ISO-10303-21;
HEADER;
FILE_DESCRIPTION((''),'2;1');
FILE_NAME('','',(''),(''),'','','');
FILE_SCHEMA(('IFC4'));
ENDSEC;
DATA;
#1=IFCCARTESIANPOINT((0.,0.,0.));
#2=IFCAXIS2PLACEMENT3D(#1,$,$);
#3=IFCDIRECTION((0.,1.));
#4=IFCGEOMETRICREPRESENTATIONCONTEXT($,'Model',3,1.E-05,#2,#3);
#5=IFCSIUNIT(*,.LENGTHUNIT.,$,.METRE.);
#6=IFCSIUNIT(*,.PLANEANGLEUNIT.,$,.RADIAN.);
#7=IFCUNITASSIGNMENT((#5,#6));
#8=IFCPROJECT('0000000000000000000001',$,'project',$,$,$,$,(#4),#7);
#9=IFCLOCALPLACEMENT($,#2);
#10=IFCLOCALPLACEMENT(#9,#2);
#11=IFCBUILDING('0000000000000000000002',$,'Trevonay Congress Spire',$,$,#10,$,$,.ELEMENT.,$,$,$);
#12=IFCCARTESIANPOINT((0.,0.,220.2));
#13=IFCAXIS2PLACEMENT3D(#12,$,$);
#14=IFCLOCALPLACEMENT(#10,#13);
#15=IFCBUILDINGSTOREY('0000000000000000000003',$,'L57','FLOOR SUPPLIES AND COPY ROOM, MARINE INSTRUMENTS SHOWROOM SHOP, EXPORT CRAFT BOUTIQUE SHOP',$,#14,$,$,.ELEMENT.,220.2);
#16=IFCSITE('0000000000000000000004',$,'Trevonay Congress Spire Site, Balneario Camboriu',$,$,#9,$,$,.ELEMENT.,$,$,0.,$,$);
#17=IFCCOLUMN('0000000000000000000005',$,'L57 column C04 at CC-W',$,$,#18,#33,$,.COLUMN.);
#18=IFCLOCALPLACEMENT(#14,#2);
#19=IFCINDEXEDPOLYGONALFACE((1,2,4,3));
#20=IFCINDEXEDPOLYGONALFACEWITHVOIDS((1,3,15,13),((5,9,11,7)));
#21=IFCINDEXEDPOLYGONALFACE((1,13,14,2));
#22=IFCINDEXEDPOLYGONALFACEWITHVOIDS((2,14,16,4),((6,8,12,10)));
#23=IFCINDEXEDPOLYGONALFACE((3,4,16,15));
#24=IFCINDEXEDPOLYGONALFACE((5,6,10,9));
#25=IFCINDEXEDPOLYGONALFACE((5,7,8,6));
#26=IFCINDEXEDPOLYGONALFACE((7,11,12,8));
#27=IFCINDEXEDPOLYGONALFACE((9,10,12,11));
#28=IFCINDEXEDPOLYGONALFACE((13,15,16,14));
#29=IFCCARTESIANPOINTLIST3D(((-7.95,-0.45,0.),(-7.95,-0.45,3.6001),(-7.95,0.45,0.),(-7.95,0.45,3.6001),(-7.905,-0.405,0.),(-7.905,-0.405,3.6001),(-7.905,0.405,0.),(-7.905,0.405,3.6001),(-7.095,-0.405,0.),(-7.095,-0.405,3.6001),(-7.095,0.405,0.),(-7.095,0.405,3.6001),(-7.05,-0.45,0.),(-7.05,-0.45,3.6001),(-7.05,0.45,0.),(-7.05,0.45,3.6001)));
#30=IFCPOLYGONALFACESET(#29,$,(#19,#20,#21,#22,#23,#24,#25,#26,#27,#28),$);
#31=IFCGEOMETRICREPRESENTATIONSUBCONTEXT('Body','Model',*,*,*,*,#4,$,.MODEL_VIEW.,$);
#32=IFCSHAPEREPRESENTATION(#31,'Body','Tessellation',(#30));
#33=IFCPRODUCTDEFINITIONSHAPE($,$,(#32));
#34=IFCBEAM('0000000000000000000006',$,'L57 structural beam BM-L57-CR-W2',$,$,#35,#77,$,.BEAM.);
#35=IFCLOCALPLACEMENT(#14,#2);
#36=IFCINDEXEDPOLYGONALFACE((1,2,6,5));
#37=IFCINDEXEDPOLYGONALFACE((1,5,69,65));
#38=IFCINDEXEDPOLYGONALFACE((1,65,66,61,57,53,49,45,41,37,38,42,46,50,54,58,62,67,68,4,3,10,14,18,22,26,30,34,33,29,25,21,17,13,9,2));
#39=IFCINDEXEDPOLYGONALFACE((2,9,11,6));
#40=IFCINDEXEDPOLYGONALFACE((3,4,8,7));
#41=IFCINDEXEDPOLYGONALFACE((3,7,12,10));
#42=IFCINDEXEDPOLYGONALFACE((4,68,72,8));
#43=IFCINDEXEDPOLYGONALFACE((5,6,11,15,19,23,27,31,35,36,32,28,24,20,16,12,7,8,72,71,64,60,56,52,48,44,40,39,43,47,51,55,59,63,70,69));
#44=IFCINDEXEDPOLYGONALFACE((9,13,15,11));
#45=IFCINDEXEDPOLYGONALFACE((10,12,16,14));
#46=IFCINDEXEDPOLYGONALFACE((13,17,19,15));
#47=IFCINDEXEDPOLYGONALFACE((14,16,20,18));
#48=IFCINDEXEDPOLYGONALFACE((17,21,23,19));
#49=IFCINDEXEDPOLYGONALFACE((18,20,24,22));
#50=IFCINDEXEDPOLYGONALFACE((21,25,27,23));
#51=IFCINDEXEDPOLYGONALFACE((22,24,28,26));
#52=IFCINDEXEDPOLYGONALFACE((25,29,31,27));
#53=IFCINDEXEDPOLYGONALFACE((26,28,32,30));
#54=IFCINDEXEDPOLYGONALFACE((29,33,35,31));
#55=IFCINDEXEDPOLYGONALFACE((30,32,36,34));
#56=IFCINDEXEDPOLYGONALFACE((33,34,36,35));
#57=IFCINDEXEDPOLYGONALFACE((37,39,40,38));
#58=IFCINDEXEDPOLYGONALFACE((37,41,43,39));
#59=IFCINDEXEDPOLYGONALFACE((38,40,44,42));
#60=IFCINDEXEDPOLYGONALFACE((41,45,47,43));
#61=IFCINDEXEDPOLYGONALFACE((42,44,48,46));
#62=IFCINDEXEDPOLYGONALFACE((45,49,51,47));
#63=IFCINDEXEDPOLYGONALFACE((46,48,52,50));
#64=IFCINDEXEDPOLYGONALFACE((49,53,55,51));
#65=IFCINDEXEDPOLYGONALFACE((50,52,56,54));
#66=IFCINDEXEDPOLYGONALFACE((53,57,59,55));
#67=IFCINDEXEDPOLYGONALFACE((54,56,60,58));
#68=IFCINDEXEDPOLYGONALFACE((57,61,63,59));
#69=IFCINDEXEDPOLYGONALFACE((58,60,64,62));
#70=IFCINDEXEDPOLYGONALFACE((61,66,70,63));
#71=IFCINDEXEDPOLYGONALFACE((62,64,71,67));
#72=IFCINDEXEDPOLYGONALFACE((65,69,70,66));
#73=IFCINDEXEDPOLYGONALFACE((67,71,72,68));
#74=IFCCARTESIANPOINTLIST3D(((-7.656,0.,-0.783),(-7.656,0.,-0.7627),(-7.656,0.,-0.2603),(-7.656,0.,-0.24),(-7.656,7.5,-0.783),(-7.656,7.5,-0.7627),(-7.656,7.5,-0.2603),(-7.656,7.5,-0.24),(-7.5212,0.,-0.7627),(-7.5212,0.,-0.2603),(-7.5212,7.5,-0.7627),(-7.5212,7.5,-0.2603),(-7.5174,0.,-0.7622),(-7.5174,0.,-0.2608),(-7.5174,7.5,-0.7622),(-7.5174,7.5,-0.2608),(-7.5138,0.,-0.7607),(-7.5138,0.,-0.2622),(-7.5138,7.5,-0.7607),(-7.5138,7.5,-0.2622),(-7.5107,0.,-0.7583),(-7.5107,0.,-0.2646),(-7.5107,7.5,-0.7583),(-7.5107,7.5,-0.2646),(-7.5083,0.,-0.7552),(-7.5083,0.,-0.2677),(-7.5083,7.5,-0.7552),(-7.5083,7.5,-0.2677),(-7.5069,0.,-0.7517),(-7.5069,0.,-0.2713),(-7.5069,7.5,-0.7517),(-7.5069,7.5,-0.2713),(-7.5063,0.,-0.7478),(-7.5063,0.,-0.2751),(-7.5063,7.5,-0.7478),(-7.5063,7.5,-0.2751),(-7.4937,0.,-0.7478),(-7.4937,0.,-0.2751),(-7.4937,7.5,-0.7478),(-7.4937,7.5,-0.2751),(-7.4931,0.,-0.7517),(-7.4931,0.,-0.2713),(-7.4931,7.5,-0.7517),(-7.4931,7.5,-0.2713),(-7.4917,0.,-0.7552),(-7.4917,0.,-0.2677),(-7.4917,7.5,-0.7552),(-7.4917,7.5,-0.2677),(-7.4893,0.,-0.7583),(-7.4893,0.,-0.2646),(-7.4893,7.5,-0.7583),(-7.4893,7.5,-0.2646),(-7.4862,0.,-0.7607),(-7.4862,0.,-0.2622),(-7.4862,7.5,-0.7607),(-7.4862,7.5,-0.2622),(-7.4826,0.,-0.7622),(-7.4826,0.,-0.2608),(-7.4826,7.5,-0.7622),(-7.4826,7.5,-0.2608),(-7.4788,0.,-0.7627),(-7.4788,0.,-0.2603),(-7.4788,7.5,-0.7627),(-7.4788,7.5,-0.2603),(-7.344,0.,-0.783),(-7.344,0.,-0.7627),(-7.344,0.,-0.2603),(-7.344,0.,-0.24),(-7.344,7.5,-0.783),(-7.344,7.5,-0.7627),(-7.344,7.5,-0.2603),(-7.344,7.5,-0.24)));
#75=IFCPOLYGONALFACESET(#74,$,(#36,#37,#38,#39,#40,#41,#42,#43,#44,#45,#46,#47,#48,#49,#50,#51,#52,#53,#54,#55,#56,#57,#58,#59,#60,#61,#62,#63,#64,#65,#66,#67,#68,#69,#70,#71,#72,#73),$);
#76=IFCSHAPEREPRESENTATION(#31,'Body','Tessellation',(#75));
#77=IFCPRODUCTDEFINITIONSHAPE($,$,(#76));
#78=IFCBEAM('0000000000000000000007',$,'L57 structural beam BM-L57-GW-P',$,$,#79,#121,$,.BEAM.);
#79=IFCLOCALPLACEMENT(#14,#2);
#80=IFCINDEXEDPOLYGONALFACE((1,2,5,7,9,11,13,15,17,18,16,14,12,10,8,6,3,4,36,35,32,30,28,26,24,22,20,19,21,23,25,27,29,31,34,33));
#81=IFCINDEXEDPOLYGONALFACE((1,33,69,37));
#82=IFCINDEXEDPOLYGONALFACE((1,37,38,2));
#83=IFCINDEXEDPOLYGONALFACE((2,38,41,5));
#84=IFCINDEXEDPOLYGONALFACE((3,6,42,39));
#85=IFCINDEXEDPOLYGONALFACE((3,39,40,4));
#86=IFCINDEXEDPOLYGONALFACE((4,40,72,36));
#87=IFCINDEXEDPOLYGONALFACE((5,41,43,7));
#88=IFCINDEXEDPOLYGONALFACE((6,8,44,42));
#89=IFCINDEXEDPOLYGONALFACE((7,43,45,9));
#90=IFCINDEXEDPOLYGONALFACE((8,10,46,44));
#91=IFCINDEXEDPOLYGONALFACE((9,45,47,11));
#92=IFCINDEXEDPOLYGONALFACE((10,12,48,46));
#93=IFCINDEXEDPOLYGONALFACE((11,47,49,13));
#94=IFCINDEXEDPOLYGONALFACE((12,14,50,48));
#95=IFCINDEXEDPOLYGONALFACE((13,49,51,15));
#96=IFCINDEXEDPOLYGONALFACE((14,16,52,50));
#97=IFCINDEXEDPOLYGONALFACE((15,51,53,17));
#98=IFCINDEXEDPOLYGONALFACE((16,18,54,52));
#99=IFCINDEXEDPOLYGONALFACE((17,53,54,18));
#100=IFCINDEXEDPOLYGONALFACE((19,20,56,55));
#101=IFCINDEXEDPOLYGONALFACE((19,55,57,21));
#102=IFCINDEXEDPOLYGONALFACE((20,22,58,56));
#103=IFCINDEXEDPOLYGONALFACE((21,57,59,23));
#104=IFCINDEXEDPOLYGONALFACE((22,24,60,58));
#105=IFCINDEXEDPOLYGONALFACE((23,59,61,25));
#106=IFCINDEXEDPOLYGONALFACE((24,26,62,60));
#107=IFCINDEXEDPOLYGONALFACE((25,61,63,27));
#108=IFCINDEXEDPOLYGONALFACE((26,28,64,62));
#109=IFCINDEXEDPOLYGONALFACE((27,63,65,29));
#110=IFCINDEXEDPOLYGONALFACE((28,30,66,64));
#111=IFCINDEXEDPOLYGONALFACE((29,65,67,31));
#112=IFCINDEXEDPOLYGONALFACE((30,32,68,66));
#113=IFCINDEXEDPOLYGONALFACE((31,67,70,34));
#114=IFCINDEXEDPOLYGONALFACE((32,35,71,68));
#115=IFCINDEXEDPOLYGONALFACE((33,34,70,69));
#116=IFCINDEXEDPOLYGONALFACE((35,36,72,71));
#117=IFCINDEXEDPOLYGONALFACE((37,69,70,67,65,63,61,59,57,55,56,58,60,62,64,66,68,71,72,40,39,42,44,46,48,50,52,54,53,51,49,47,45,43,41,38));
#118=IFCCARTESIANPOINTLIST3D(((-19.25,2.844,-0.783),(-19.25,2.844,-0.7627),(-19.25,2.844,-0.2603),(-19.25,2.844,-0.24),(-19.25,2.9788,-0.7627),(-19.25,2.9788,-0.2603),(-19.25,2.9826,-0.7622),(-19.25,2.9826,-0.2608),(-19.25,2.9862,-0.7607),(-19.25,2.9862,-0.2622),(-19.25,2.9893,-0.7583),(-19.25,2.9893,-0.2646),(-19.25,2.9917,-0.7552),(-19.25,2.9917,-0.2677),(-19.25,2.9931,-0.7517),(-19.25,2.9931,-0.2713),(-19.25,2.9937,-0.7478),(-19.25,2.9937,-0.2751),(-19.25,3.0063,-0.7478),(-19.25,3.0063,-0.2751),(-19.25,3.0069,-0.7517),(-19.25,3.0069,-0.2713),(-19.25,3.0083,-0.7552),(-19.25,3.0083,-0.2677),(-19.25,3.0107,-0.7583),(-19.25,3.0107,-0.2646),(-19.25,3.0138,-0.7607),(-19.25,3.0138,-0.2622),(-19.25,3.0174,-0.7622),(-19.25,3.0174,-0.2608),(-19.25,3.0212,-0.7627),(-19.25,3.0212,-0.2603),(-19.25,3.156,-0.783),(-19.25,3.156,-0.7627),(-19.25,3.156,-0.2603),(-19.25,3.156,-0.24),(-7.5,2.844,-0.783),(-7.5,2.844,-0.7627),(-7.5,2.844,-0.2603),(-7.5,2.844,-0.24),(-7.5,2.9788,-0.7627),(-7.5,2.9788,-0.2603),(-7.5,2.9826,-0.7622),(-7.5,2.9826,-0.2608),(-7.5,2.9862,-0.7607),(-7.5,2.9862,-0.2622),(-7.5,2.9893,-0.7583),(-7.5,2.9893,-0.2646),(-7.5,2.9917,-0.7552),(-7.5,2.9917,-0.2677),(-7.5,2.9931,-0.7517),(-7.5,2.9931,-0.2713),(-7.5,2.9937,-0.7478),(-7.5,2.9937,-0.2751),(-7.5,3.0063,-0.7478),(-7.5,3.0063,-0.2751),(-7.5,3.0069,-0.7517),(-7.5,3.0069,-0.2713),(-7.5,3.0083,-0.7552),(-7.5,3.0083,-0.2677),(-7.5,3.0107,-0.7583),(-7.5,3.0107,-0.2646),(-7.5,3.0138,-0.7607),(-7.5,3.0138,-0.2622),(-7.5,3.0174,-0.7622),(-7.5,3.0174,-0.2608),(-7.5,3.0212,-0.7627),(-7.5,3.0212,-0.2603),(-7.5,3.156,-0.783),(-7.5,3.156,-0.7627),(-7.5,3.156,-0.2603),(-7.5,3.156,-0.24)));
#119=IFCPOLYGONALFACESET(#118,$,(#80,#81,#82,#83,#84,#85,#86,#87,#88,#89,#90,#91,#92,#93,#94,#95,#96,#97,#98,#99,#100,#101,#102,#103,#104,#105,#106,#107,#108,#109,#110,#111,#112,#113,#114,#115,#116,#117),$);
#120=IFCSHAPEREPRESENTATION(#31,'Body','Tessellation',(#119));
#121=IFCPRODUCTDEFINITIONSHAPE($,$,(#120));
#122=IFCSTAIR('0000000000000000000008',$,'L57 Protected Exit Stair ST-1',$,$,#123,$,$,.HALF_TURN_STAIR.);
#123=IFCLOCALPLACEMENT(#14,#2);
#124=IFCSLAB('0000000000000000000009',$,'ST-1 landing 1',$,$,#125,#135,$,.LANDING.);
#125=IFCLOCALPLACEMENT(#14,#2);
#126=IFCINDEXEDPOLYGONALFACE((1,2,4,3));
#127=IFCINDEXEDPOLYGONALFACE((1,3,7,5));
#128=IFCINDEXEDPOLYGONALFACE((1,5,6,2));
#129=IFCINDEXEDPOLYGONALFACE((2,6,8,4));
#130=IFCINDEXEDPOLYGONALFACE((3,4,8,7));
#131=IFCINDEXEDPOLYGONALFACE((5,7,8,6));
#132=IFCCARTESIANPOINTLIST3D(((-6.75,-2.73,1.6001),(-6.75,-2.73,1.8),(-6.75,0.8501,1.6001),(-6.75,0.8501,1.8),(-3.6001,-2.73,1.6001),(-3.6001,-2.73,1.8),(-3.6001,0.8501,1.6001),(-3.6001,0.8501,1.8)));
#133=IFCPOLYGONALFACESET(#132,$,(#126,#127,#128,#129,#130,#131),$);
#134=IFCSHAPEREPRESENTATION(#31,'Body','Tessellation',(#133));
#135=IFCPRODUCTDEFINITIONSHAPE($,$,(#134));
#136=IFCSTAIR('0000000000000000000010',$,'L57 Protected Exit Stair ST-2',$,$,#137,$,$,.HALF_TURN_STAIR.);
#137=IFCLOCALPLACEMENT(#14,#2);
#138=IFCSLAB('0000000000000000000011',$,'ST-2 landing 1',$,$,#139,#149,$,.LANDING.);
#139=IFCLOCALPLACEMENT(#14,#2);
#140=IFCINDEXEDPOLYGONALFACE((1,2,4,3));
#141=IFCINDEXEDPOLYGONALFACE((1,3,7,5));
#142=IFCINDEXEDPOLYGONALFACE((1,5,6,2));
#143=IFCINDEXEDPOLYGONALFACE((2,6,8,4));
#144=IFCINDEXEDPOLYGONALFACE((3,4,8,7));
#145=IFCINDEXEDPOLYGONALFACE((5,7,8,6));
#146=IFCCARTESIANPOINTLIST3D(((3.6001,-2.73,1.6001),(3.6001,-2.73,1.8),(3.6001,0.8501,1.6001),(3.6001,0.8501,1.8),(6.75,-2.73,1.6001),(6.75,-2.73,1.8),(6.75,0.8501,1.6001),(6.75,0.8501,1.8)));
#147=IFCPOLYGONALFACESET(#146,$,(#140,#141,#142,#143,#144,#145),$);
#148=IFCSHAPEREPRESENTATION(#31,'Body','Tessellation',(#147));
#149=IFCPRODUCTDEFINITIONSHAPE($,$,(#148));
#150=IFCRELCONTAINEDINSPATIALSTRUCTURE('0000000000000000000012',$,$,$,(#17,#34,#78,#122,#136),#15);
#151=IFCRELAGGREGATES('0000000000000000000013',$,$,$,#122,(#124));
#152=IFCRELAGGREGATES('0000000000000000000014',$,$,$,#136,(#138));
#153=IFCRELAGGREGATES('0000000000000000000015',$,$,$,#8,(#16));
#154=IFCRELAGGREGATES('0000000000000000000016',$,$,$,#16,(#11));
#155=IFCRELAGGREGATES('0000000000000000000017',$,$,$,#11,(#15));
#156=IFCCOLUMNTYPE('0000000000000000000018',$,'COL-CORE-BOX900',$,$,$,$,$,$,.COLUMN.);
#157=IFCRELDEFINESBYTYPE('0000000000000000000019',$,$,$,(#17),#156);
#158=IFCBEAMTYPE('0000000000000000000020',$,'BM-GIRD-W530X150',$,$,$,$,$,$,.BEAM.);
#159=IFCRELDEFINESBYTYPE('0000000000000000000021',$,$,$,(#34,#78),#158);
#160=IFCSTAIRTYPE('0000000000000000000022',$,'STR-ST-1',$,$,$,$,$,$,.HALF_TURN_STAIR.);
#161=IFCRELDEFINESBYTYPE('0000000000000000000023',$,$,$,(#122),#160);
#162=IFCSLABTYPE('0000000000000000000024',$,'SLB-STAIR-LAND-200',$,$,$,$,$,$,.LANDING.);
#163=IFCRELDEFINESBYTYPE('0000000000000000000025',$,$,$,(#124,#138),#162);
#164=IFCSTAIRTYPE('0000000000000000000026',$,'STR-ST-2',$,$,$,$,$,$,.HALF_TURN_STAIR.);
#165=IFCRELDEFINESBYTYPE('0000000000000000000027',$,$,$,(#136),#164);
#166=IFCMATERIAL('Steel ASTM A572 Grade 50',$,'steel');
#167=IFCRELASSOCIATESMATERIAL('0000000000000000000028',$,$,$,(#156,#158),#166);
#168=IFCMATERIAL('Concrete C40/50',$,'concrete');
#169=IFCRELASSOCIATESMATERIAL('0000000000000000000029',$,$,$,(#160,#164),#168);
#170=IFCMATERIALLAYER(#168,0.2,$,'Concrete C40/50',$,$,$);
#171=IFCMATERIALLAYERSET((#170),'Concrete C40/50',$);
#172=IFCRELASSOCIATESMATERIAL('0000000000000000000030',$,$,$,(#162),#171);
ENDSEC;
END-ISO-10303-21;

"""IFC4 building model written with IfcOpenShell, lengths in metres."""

from ifc_helpers import new_model, si_unit, direction, frame, origin, origin_2d, place, context, subcontext, project, spatial, polyline, hollow_rectangle, i_section, outline, extrude, material, layer, layer_set, material_profile, profile_set, type_object, element, aggregate, save


model = new_model("IFC4")

# Units and contexts
model_context = context("Model", 3, precision=1e-05, world=origin(), true_north=direction((0.0, 1.0)))
body_context = subcontext(model_context, "Body", "Model", "MODEL_VIEW")
ifc_project = project(units=[si_unit("LENGTHUNIT", "METRE"), si_unit("PLANEANGLEUNIT", "RADIAN")], contexts=[model_context])

# Site, building, storey
site_placement = place(None, origin())
site = spatial("IfcSite", under=ifc_project, at=site_placement, Name="Trevonay Congress Spire Site, Balneario Camboriu", CompositionType="ELEMENT", RefElevation=0.0)
building_placement = place(site_placement, origin())
building = spatial("IfcBuilding", under=site, at=building_placement, Name="Trevonay Congress Spire", CompositionType="ELEMENT")
storey_placement = place(building_placement, frame((0.0, 0.0, 220.2)))
storey = spatial("IfcBuildingStorey", under=building, at=storey_placement, Name="L57", Description="FLOOR SUPPLIES AND COPY ROOM, MARINE INSTRUMENTS SHOWROOM SHOP, EXPORT CRAFT BOUTIQUE SHOP", CompositionType="ELEMENT", Elevation=220.2)

# Column
ifc_material_1 = material(Name="Steel ASTM A572 Grade 50", Category="steel")
ifc_material_profile_1 = material_profile(ifc_material_1, hollow_rectangle(XDim=0.8999, YDim=0.8999, WallThickness=0.0449, at=origin_2d()), Name="BOX 900x900x45")
ifc_profile_set_1 = profile_set([ifc_material_profile_1], Name="Steel ASTM A572 Grade 50")
column_type = type_object("IfcColumnType", Name="COL-CORE-BOX900", PredefinedType="COLUMN", material=ifc_profile_set_1)
column_placement = place(storey_placement, frame((-7.5, 0.0, 0.0), z_axis=(0.0, 0.0, 1.0), x_axis=(1.0, 0.0, 0.0)))
element("IfcColumn", 1, at=column_placement, inside=storey, type_object=column_type, Name="L57 column C04 at CC-W", PredefinedType="COLUMN", context=body_context, shape_type="SweptSolid", body=[
    extrude(hollow_rectangle(XDim=0.8999, YDim=0.8999, WallThickness=0.0449, at=origin_2d()), origin(), (0.0, 0.0, 1.0), 3.6001),
])

# Beams
ifc_material_profile_2 = material_profile(ifc_material_1, i_section(OverallWidth=0.312, OverallDepth=0.543, WebThickness=0.0127, FlangeThickness=0.0203, FilletRadius=0.0149, at=origin_2d()), Name="W530x150")
ifc_profile_set_2 = profile_set([ifc_material_profile_2], Name="Steel ASTM A572 Grade 50")
beam_type = type_object("IfcBeamType", Name="BM-GIRD-W530X150", PredefinedType="BEAM", material=ifc_profile_set_2)
beam_1_placement = place(storey_placement, frame((-7.5, 0.0, -0.5115), z_axis=(0.0, 1.0, 0.0), x_axis=(-1.0, 0.0, 0.0)))
element("IfcBeam", 2, at=beam_1_placement, inside=storey, type_object=beam_type, Name="L57 structural beam BM-L57-CR-W2", PredefinedType="BEAM", context=body_context, shape_type="SweptSolid", body=[
    extrude(i_section(OverallWidth=0.312, OverallDepth=0.543, WebThickness=0.0127, FlangeThickness=0.0203, FilletRadius=0.0149, at=origin_2d()), origin(), (0.0, 0.0, 1.0), 7.5),
])
beam_2_placement = place(storey_placement, frame((-7.5, 3.0, -0.5115), z_axis=(-1.0, 0.0, 0.0), x_axis=(0.0, -1.0, 0.0)))
element("IfcBeam", 3, at=beam_2_placement, inside=storey, type_object=beam_type, Name="L57 structural beam BM-L57-GW-P", PredefinedType="BEAM", context=body_context, shape_type="SweptSolid", body=[
    extrude(i_section(OverallWidth=0.312, OverallDepth=0.543, WebThickness=0.0127, FlangeThickness=0.0203, FilletRadius=0.0149, at=origin_2d()), origin(), (0.0, 0.0, 1.0), 11.75),
])

# Stairs, slabs
ifc_material_2 = material(Name="Concrete C40/50", Category="concrete")
stair_type_1 = type_object("IfcStairType", Name="STR-ST-1", PredefinedType="HALF_TURN_STAIR", material=ifc_material_2)
stair_1_placement = place(storey_placement, origin())
stair_1 = element("IfcStair", 4, at=stair_1_placement, inside=storey, type_object=stair_type_1, Name="L57 Protected Exit Stair ST-1", PredefinedType="HALF_TURN_STAIR")
ifc_layer_1 = layer(ifc_material_2, 0.2, Name="Concrete C40/50")
ifc_layer_set_1 = layer_set([ifc_layer_1], Name="Concrete C40/50")
slab_type_1 = type_object("IfcSlabType", Name="SLB-STAIR-LAND-200", PredefinedType="LANDING", material=ifc_layer_set_1)
slab_1_placement = place(storey_placement, frame((0.0, 0.0, 1.6001)))
slab_1 = element("IfcSlab", 5, at=slab_1_placement, type_object=slab_type_1, Name="ST-1 landing 1", PredefinedType="LANDING", context=body_context, shape_type="SweptSolid", body=[
    extrude(outline(polyline([(-3.6001, -2.73), (-3.6001, 0.8501), (-6.75, 0.8501), (-6.75, -2.73), (-3.6001, -2.73)])), origin(), (0.0, 0.0, 1.0), 0.2),
])
aggregate(stair_1, [slab_1])
stair_type_2 = type_object("IfcStairType", Name="STR-ST-2", PredefinedType="HALF_TURN_STAIR", material=ifc_material_2)
stair_2_placement = place(storey_placement, origin())
stair_2 = element("IfcStair", 6, at=stair_2_placement, inside=storey, type_object=stair_type_2, Name="L57 Protected Exit Stair ST-2", PredefinedType="HALF_TURN_STAIR")
slab_2_placement = place(storey_placement, frame((0.0, 0.0, 1.6001)))
slab_2 = element("IfcSlab", 7, at=slab_2_placement, type_object=slab_type_1, Name="ST-2 landing 1", PredefinedType="LANDING", context=body_context, shape_type="SweptSolid", body=[
    extrude(outline(polyline([(6.75, -2.73), (6.75, 0.8501), (3.6001, 0.8501), (3.6001, -2.73), (6.75, -2.73)])), origin(), (0.0, 0.0, 1.0), 0.2),
])
aggregate(stair_2, [slab_2])

save(model, "model.ifc")
